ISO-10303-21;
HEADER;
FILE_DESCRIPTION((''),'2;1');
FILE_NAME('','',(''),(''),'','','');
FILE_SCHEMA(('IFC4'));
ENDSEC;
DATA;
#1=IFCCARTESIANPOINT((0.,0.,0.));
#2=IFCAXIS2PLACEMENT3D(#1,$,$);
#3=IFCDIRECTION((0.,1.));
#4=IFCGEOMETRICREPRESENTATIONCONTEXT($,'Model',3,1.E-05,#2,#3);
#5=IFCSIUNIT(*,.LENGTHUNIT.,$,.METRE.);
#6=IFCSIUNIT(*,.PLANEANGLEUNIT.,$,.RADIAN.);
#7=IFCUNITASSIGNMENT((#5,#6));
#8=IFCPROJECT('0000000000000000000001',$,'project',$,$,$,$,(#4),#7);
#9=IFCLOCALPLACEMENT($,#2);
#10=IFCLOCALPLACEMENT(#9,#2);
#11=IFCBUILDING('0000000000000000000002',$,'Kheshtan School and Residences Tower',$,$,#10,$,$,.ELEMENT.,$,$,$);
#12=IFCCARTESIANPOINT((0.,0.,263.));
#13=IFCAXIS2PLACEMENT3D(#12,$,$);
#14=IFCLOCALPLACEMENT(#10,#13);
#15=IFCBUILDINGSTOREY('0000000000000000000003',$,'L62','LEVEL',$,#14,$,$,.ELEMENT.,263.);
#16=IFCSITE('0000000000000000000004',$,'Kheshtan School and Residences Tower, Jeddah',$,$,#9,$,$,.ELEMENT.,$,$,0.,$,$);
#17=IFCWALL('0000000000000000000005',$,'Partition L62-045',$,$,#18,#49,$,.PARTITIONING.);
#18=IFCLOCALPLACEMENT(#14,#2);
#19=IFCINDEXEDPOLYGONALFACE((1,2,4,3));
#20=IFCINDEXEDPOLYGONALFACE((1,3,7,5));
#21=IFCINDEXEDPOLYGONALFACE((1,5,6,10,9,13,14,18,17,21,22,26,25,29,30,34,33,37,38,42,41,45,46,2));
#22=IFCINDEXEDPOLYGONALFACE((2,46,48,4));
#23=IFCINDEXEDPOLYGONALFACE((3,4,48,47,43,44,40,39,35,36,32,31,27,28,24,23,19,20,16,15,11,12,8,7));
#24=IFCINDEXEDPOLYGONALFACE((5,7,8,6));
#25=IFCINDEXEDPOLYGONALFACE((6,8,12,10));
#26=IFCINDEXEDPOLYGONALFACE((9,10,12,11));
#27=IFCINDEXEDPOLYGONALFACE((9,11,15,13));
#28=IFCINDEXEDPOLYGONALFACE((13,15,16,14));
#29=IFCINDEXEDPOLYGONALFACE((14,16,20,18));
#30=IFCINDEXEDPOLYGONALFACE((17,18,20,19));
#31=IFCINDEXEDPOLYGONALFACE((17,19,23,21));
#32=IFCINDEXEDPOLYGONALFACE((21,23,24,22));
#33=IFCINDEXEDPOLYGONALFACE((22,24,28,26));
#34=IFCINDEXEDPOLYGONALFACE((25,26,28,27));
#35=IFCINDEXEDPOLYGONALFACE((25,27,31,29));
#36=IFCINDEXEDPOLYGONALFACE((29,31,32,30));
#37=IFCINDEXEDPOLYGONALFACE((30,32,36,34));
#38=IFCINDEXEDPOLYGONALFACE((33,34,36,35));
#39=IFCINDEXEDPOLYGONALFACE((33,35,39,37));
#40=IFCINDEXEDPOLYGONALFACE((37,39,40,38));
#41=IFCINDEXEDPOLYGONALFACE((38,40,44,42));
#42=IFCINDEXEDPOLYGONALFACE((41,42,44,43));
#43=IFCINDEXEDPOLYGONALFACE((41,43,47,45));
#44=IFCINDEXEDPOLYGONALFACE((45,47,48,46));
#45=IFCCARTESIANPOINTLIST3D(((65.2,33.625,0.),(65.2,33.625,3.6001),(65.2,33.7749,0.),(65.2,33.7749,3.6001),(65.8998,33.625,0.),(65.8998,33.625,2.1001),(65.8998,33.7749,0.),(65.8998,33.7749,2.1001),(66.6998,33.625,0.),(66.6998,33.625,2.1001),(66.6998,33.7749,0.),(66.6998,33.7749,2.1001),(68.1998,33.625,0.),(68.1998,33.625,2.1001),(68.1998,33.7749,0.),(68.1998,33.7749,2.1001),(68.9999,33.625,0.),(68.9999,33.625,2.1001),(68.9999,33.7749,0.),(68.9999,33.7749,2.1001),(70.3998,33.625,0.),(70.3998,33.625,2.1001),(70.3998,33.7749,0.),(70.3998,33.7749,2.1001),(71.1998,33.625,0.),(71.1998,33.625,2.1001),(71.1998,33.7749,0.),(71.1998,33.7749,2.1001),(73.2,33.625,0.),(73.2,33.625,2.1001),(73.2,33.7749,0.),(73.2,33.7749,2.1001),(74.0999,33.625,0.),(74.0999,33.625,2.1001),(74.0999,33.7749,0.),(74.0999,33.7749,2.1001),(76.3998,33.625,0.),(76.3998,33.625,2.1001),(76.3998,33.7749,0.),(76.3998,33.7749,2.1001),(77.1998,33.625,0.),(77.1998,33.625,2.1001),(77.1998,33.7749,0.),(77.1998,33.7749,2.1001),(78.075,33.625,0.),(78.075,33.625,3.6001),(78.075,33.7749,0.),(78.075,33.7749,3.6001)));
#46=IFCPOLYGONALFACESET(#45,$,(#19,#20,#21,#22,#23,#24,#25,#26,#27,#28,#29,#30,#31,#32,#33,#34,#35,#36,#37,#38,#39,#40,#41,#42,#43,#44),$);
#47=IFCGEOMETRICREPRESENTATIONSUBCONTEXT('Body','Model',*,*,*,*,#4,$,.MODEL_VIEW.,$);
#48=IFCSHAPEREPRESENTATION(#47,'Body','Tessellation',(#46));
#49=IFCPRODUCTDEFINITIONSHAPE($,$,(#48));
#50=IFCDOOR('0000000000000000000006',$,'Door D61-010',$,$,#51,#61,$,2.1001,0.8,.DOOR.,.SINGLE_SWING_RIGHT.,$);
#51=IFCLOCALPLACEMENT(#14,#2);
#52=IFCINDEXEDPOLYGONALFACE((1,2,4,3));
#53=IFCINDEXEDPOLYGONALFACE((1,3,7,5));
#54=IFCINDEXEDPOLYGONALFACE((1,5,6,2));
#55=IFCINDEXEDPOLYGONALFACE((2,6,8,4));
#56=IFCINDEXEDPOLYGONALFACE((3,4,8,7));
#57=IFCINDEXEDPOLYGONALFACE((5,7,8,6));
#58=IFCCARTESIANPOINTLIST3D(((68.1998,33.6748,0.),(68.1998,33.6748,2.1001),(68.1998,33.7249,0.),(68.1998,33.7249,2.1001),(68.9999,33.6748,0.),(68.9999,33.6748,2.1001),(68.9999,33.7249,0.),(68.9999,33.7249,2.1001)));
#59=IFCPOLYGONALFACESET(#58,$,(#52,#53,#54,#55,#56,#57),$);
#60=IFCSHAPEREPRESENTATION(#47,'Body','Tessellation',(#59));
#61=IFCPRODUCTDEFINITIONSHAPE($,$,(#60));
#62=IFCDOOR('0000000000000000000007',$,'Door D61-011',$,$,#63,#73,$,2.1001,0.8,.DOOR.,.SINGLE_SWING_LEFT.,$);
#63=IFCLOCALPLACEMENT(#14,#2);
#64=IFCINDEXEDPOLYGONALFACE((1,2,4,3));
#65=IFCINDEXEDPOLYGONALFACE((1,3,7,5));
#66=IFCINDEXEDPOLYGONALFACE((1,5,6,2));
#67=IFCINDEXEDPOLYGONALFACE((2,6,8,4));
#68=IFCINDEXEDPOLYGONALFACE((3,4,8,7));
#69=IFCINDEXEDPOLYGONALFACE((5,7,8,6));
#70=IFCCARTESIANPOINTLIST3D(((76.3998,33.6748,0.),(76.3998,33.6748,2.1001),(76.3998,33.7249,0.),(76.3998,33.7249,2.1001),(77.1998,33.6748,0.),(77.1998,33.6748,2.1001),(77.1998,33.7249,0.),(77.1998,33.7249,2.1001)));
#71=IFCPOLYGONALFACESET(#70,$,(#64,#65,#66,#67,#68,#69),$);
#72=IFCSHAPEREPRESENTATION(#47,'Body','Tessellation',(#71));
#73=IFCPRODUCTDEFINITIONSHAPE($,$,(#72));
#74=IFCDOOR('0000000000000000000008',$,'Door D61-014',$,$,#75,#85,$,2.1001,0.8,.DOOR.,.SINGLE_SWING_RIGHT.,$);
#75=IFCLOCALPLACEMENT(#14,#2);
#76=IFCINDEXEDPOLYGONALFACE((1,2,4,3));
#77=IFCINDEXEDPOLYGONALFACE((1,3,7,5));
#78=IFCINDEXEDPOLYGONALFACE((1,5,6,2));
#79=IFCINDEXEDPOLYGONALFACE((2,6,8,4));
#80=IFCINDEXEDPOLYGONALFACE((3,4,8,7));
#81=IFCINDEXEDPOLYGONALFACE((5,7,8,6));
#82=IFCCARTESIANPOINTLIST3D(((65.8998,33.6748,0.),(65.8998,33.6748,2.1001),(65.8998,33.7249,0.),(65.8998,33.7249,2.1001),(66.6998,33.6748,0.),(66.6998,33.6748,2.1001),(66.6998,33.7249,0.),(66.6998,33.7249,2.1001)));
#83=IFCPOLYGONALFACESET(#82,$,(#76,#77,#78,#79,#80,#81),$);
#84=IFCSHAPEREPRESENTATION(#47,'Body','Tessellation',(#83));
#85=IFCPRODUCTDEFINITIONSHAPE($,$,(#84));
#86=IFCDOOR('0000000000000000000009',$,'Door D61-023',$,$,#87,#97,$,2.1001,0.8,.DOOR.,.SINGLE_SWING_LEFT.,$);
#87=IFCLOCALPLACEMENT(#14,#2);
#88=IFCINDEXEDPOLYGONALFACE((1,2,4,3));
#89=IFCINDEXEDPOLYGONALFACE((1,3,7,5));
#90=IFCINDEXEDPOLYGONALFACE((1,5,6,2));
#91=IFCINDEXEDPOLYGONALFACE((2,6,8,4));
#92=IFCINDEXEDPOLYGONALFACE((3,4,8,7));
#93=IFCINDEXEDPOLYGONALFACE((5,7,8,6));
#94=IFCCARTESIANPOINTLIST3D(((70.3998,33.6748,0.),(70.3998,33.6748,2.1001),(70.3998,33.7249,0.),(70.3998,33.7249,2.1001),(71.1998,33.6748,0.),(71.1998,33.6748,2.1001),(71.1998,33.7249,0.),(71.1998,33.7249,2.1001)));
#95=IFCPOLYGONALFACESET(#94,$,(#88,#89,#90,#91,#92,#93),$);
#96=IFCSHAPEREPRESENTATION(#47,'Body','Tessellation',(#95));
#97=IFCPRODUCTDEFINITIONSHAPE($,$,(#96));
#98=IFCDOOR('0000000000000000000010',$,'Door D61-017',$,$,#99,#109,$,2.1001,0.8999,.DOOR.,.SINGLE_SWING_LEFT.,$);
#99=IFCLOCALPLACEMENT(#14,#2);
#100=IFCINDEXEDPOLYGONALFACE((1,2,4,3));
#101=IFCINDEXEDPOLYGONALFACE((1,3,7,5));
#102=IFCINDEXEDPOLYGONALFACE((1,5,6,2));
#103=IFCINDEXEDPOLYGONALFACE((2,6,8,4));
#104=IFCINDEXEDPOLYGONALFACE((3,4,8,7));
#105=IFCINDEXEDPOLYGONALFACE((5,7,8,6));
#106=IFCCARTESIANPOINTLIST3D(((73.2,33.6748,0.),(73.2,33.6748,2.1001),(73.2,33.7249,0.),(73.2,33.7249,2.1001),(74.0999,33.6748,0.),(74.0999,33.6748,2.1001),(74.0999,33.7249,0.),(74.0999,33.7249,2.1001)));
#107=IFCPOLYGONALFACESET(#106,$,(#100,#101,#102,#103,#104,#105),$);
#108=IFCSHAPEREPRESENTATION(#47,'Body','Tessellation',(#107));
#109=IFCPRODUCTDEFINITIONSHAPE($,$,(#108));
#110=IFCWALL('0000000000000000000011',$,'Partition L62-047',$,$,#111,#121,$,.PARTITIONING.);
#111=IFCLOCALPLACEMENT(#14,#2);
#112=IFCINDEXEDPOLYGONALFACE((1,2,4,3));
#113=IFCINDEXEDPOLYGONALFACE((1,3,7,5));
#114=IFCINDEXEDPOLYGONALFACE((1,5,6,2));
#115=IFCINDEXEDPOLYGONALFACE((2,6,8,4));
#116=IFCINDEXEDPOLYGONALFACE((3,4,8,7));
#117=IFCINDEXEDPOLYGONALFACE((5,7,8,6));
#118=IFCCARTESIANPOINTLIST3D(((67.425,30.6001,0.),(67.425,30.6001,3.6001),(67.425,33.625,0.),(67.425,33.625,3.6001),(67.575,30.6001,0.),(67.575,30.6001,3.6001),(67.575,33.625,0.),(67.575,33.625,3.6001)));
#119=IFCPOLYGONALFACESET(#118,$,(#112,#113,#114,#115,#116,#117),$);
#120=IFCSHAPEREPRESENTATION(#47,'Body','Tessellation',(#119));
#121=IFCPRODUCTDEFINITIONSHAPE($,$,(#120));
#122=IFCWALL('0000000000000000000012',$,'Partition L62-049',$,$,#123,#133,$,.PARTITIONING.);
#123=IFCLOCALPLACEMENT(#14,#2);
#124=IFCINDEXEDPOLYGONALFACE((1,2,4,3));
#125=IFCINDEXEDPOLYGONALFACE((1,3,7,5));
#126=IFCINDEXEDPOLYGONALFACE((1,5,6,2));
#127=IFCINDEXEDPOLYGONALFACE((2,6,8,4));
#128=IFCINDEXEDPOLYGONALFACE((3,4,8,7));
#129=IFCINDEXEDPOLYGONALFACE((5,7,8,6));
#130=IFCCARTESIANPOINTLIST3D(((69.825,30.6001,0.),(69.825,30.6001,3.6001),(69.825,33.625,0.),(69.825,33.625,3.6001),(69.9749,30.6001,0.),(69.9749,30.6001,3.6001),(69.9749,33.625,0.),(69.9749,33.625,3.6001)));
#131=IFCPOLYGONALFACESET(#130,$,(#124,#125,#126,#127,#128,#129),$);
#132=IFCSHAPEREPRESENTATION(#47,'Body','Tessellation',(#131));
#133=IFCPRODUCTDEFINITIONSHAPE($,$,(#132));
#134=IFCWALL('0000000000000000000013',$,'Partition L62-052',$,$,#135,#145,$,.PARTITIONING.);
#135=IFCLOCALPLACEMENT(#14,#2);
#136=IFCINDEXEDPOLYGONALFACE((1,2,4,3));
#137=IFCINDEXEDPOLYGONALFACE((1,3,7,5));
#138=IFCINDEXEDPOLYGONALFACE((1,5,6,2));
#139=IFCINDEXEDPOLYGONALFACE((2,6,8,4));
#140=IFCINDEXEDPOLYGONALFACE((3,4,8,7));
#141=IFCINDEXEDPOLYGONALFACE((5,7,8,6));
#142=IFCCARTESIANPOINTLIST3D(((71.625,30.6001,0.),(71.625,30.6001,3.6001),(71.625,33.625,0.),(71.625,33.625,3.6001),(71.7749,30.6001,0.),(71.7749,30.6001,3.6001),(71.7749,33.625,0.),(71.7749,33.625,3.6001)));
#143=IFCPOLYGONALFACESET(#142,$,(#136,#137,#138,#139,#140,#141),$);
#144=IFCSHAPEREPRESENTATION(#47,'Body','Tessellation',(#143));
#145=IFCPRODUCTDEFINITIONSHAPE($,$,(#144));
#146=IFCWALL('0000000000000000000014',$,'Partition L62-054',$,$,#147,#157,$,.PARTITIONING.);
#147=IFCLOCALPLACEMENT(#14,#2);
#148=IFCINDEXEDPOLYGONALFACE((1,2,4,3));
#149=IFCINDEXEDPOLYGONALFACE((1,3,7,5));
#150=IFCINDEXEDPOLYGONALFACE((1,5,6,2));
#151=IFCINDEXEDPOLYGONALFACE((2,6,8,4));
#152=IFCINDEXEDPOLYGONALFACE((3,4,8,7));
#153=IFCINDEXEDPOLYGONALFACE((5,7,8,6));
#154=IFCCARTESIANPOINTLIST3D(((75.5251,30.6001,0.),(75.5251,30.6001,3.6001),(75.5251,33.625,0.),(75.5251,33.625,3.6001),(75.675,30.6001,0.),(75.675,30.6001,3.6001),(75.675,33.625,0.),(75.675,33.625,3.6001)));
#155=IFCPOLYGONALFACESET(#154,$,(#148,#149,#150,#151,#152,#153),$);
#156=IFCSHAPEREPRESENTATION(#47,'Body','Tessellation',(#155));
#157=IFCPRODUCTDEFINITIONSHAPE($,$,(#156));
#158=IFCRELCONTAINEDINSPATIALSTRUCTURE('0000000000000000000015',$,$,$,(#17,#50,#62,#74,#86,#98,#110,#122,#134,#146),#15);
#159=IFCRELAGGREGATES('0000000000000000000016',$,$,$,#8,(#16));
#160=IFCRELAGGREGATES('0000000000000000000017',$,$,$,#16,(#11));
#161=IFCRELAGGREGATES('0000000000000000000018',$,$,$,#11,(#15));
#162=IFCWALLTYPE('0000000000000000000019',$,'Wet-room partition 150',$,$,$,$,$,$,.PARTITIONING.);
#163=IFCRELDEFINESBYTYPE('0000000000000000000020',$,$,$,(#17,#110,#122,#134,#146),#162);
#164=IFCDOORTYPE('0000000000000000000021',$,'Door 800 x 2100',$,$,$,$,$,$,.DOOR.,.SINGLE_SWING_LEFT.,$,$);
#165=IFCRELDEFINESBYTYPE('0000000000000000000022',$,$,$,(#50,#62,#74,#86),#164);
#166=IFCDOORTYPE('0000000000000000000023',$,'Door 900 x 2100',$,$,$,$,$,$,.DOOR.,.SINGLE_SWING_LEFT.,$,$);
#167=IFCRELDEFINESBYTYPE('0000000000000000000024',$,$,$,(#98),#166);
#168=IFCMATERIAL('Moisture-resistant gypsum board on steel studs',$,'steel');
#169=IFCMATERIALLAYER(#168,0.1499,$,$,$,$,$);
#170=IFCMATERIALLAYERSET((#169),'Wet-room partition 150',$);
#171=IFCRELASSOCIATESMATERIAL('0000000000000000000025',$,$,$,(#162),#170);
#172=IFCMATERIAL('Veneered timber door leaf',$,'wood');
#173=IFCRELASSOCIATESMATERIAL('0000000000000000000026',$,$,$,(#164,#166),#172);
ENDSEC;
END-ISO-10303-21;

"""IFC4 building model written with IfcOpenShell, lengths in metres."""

from ifc_helpers import new_model, si_unit, direction, frame, frame_2d, origin, place, context, subcontext, project, spatial, rectangle, extrude, source, transform, mapped, material, layer, layer_set, type_object, element, fill, save


model = new_model("IFC4")

# Units and contexts
model_context = context("Model", 3, precision=1e-05, world=origin(), true_north=direction((0.0, 1.0)))
body_context = subcontext(model_context, "Body", "Model", "MODEL_VIEW")
ifc_project = project(units=[si_unit("LENGTHUNIT", "METRE"), si_unit("PLANEANGLEUNIT", "RADIAN")], contexts=[model_context])

# Site, building, storey
site_placement = place(None, origin())
site = spatial("IfcSite", under=ifc_project, at=site_placement, Name="Kheshtan School and Residences Tower, Jeddah", CompositionType="ELEMENT", RefElevation=0.0)
building_placement = place(site_placement, origin())
building = spatial("IfcBuilding", under=site, at=building_placement, Name="Kheshtan School and Residences Tower", CompositionType="ELEMENT")
storey_placement = place(building_placement, frame((0.0, 0.0, 263.0)))
storey = spatial("IfcBuildingStorey", under=building, at=storey_placement, Name="L62", Description="LEVEL", CompositionType="ELEMENT", Elevation=263.0)

# Shared definitions
ifc_material_1 = material(Name="Moisture-resistant gypsum board on steel studs", Category="steel")
ifc_layer_1 = layer(ifc_material_1, 0.1499)
ifc_layer_set_1 = layer_set([ifc_layer_1], Name="Wet-room partition 150")
wall_type_1 = type_object("IfcWallType", Name="Wet-room partition 150", PredefinedType="PARTITIONING", material=ifc_layer_set_1)

# Wall, openings, doors
wall_1_placement = place(storey_placement, frame((65.2, 33.7, 0.0), z_axis=(0.0, 0.0, 1.0), x_axis=(1.0, 0.0, 0.0)))
wall_1 = element("IfcWall", 1, at=wall_1_placement, inside=storey, type_object=wall_type_1, Name="Partition L62-045", PredefinedType="PARTITIONING", context=body_context, shape_type="SweptSolid", body=[
    extrude(rectangle(XDim=12.875, YDim=0.1499, at=frame_2d((6.4375, 0.0))), origin(), (0.0, 0.0, 1.0), 3.6001),
])
opening_1_placement = place(wall_1_placement, frame((3.0, 0.0, 0.0)))
opening_1 = element("IfcOpeningElement", 2, at=opening_1_placement, cuts=wall_1, PredefinedType="OPENING", context=body_context, shape_type="SweptSolid", body=[
    extrude(rectangle(XDim=0.8, YDim=2.1001, at=frame_2d((0.3999, 1.05))), frame((0.0, 0.085, 0.0), z_axis=(0.0, -1.0, 0.0), x_axis=(1.0, 0.0, 0.0)), (0.0, 0.0, 1.0), 0.1699),
])
opening_2_placement = place(wall_1_placement, frame((11.2, 0.0, 0.0)))
opening_2 = element("IfcOpeningElement", 3, at=opening_2_placement, cuts=wall_1, PredefinedType="OPENING", context=body_context, shape_type="SweptSolid", body=[
    extrude(rectangle(XDim=0.8, YDim=2.1001, at=frame_2d((0.3999, 1.05))), frame((0.0, 0.085, 0.0), z_axis=(0.0, -1.0, 0.0), x_axis=(1.0, 0.0, 0.0)), (0.0, 0.0, 1.0), 0.1699),
])
opening_3_placement = place(wall_1_placement, frame((0.7, 0.0, 0.0)))
opening_3 = element("IfcOpeningElement", 4, at=opening_3_placement, cuts=wall_1, PredefinedType="OPENING", context=body_context, shape_type="SweptSolid", body=[
    extrude(rectangle(XDim=0.8, YDim=2.1001, at=frame_2d((0.3999, 1.05))), frame((0.0, 0.085, 0.0), z_axis=(0.0, -1.0, 0.0), x_axis=(1.0, 0.0, 0.0)), (0.0, 0.0, 1.0), 0.1699),
])
opening_4_placement = place(wall_1_placement, frame((8.0, 0.0, 0.0)))
opening_4 = element("IfcOpeningElement", 5, at=opening_4_placement, cuts=wall_1, PredefinedType="OPENING", context=body_context, shape_type="SweptSolid", body=[
    extrude(rectangle(XDim=0.8999, YDim=2.1001, at=frame_2d((0.45, 1.05))), frame((0.0, 0.085, 0.0), z_axis=(0.0, -1.0, 0.0), x_axis=(1.0, 0.0, 0.0)), (0.0, 0.0, 1.0), 0.1699),
])
opening_5_placement = place(wall_1_placement, frame((5.2, 0.0, 0.0)))
opening_5 = element("IfcOpeningElement", 6, at=opening_5_placement, cuts=wall_1, PredefinedType="OPENING", context=body_context, shape_type="SweptSolid", body=[
    extrude(rectangle(XDim=0.8, YDim=2.1001, at=frame_2d((0.3999, 1.05))), frame((0.0, 0.085, 0.0), z_axis=(0.0, -1.0, 0.0), x_axis=(1.0, 0.0, 0.0)), (0.0, 0.0, 1.0), 0.1699),
])
ifc_material_2 = material(Name="Veneered timber door leaf", Category="wood")
door_type_1 = type_object("IfcDoorType", Name="Door 800 x 2100", OperationType="SINGLE_SWING_LEFT", PredefinedType="DOOR", material=ifc_material_2)
shared_shape_1 = source(origin(), body_context, "Body", "SweptSolid", [
    extrude(rectangle(XDim=0.8, YDim=2.1001, at=frame_2d((0.3999, 1.05))), frame((0.0, 0.0249, 0.0), z_axis=(0.0, -1.0, 0.0), x_axis=(1.0, 0.0, 0.0)), (0.0, 0.0, 1.0), 0.05),
])
door_1_placement = place(opening_1_placement, origin())
door_1 = element("IfcDoor", 7, at=door_1_placement, inside=storey, type_object=door_type_1, Name="Door D61-010", OperationType="SINGLE_SWING_RIGHT", OverallHeight=2.1001, OverallWidth=0.8, PredefinedType="DOOR", context=body_context, shape_type="MappedRepresentation", body=[
    mapped(shared_shape_1, transform((0.0, 0.0, 0.0), x_axis=(1.0, 0.0, 0.0), y_axis=(0.0, 1.0, 0.0), z_axis=(0.0, 0.0, 1.0), scale=1.0)),
])
fill(opening_1, door_1)
door_2_placement = place(opening_2_placement, origin())
door_2 = element("IfcDoor", 8, at=door_2_placement, inside=storey, type_object=door_type_1, Name="Door D61-011", OperationType="SINGLE_SWING_LEFT", OverallHeight=2.1001, OverallWidth=0.8, PredefinedType="DOOR", context=body_context, shape_type="MappedRepresentation", body=[
    mapped(shared_shape_1, transform((0.0, 0.0, 0.0), x_axis=(1.0, 0.0, 0.0), y_axis=(0.0, 1.0, 0.0), z_axis=(0.0, 0.0, 1.0), scale=1.0)),
])
fill(opening_2, door_2)
door_3_placement = place(opening_3_placement, origin())
door_3 = element("IfcDoor", 9, at=door_3_placement, inside=storey, type_object=door_type_1, Name="Door D61-014", OperationType="SINGLE_SWING_RIGHT", OverallHeight=2.1001, OverallWidth=0.8, PredefinedType="DOOR", context=body_context, shape_type="MappedRepresentation", body=[
    mapped(shared_shape_1, transform((0.0, 0.0, 0.0), x_axis=(1.0, 0.0, 0.0), y_axis=(0.0, 1.0, 0.0), z_axis=(0.0, 0.0, 1.0), scale=1.0)),
])
fill(opening_3, door_3)
door_4_placement = place(opening_5_placement, origin())
door_4 = element("IfcDoor", 10, at=door_4_placement, inside=storey, type_object=door_type_1, Name="Door D61-023", OperationType="SINGLE_SWING_LEFT", OverallHeight=2.1001, OverallWidth=0.8, PredefinedType="DOOR", context=body_context, shape_type="MappedRepresentation", body=[
    mapped(shared_shape_1, transform((0.0, 0.0, 0.0), x_axis=(1.0, 0.0, 0.0), y_axis=(0.0, 1.0, 0.0), z_axis=(0.0, 0.0, 1.0), scale=1.0)),
])
fill(opening_5, door_4)
door_type_2 = type_object("IfcDoorType", Name="Door 900 x 2100", OperationType="SINGLE_SWING_LEFT", PredefinedType="DOOR", material=ifc_material_2)
shared_shape_2 = source(origin(), body_context, "Body", "SweptSolid", [
    extrude(rectangle(XDim=0.8999, YDim=2.1001, at=frame_2d((0.45, 1.05))), frame((0.0, 0.0249, 0.0), z_axis=(0.0, -1.0, 0.0), x_axis=(1.0, 0.0, 0.0)), (0.0, 0.0, 1.0), 0.05),
])
door_5_placement = place(opening_4_placement, origin())
door_5 = element("IfcDoor", 11, at=door_5_placement, inside=storey, type_object=door_type_2, Name="Door D61-017", OperationType="SINGLE_SWING_LEFT", OverallHeight=2.1001, OverallWidth=0.8999, PredefinedType="DOOR", context=body_context, shape_type="MappedRepresentation", body=[
    mapped(shared_shape_2, transform((0.0, 0.0, 0.0), x_axis=(1.0, 0.0, 0.0), y_axis=(0.0, 1.0, 0.0), z_axis=(0.0, 0.0, 1.0), scale=1.0)),
])
fill(opening_4, door_5)

# Walls
for number, where, z_axis, x_axis, name in (
    (12, (67.5, 30.6001, 0.0), (0.0, 0.0, 1.0), (0.0, 1.0, 0.0), "Partition L62-047"),
    (13, (69.8999, 30.6001, 0.0), (0.0, 0.0, 1.0), (0.0, 1.0, 0.0), "Partition L62-049"),
    (14, (71.7, 30.6001, 0.0), (0.0, 0.0, 1.0), (0.0, 1.0, 0.0), "Partition L62-052"),
    (15, (75.6001, 30.6001, 0.0), (0.0, 0.0, 1.0), (0.0, 1.0, 0.0), "Partition L62-054"),
):
    element("IfcWall", number, at=place(storey_placement, frame(where, z_axis=z_axis, x_axis=x_axis)), inside=storey, type_object=wall_type_1, Name=name, PredefinedType="PARTITIONING", context=body_context, shape_type="SweptSolid", body=[
        extrude(rectangle(XDim=3.0249, YDim=0.1499, at=frame_2d((1.5125, 0.0))), origin(), (0.0, 0.0, 1.0), 3.6001),
    ])

save(model, "model.ifc")
